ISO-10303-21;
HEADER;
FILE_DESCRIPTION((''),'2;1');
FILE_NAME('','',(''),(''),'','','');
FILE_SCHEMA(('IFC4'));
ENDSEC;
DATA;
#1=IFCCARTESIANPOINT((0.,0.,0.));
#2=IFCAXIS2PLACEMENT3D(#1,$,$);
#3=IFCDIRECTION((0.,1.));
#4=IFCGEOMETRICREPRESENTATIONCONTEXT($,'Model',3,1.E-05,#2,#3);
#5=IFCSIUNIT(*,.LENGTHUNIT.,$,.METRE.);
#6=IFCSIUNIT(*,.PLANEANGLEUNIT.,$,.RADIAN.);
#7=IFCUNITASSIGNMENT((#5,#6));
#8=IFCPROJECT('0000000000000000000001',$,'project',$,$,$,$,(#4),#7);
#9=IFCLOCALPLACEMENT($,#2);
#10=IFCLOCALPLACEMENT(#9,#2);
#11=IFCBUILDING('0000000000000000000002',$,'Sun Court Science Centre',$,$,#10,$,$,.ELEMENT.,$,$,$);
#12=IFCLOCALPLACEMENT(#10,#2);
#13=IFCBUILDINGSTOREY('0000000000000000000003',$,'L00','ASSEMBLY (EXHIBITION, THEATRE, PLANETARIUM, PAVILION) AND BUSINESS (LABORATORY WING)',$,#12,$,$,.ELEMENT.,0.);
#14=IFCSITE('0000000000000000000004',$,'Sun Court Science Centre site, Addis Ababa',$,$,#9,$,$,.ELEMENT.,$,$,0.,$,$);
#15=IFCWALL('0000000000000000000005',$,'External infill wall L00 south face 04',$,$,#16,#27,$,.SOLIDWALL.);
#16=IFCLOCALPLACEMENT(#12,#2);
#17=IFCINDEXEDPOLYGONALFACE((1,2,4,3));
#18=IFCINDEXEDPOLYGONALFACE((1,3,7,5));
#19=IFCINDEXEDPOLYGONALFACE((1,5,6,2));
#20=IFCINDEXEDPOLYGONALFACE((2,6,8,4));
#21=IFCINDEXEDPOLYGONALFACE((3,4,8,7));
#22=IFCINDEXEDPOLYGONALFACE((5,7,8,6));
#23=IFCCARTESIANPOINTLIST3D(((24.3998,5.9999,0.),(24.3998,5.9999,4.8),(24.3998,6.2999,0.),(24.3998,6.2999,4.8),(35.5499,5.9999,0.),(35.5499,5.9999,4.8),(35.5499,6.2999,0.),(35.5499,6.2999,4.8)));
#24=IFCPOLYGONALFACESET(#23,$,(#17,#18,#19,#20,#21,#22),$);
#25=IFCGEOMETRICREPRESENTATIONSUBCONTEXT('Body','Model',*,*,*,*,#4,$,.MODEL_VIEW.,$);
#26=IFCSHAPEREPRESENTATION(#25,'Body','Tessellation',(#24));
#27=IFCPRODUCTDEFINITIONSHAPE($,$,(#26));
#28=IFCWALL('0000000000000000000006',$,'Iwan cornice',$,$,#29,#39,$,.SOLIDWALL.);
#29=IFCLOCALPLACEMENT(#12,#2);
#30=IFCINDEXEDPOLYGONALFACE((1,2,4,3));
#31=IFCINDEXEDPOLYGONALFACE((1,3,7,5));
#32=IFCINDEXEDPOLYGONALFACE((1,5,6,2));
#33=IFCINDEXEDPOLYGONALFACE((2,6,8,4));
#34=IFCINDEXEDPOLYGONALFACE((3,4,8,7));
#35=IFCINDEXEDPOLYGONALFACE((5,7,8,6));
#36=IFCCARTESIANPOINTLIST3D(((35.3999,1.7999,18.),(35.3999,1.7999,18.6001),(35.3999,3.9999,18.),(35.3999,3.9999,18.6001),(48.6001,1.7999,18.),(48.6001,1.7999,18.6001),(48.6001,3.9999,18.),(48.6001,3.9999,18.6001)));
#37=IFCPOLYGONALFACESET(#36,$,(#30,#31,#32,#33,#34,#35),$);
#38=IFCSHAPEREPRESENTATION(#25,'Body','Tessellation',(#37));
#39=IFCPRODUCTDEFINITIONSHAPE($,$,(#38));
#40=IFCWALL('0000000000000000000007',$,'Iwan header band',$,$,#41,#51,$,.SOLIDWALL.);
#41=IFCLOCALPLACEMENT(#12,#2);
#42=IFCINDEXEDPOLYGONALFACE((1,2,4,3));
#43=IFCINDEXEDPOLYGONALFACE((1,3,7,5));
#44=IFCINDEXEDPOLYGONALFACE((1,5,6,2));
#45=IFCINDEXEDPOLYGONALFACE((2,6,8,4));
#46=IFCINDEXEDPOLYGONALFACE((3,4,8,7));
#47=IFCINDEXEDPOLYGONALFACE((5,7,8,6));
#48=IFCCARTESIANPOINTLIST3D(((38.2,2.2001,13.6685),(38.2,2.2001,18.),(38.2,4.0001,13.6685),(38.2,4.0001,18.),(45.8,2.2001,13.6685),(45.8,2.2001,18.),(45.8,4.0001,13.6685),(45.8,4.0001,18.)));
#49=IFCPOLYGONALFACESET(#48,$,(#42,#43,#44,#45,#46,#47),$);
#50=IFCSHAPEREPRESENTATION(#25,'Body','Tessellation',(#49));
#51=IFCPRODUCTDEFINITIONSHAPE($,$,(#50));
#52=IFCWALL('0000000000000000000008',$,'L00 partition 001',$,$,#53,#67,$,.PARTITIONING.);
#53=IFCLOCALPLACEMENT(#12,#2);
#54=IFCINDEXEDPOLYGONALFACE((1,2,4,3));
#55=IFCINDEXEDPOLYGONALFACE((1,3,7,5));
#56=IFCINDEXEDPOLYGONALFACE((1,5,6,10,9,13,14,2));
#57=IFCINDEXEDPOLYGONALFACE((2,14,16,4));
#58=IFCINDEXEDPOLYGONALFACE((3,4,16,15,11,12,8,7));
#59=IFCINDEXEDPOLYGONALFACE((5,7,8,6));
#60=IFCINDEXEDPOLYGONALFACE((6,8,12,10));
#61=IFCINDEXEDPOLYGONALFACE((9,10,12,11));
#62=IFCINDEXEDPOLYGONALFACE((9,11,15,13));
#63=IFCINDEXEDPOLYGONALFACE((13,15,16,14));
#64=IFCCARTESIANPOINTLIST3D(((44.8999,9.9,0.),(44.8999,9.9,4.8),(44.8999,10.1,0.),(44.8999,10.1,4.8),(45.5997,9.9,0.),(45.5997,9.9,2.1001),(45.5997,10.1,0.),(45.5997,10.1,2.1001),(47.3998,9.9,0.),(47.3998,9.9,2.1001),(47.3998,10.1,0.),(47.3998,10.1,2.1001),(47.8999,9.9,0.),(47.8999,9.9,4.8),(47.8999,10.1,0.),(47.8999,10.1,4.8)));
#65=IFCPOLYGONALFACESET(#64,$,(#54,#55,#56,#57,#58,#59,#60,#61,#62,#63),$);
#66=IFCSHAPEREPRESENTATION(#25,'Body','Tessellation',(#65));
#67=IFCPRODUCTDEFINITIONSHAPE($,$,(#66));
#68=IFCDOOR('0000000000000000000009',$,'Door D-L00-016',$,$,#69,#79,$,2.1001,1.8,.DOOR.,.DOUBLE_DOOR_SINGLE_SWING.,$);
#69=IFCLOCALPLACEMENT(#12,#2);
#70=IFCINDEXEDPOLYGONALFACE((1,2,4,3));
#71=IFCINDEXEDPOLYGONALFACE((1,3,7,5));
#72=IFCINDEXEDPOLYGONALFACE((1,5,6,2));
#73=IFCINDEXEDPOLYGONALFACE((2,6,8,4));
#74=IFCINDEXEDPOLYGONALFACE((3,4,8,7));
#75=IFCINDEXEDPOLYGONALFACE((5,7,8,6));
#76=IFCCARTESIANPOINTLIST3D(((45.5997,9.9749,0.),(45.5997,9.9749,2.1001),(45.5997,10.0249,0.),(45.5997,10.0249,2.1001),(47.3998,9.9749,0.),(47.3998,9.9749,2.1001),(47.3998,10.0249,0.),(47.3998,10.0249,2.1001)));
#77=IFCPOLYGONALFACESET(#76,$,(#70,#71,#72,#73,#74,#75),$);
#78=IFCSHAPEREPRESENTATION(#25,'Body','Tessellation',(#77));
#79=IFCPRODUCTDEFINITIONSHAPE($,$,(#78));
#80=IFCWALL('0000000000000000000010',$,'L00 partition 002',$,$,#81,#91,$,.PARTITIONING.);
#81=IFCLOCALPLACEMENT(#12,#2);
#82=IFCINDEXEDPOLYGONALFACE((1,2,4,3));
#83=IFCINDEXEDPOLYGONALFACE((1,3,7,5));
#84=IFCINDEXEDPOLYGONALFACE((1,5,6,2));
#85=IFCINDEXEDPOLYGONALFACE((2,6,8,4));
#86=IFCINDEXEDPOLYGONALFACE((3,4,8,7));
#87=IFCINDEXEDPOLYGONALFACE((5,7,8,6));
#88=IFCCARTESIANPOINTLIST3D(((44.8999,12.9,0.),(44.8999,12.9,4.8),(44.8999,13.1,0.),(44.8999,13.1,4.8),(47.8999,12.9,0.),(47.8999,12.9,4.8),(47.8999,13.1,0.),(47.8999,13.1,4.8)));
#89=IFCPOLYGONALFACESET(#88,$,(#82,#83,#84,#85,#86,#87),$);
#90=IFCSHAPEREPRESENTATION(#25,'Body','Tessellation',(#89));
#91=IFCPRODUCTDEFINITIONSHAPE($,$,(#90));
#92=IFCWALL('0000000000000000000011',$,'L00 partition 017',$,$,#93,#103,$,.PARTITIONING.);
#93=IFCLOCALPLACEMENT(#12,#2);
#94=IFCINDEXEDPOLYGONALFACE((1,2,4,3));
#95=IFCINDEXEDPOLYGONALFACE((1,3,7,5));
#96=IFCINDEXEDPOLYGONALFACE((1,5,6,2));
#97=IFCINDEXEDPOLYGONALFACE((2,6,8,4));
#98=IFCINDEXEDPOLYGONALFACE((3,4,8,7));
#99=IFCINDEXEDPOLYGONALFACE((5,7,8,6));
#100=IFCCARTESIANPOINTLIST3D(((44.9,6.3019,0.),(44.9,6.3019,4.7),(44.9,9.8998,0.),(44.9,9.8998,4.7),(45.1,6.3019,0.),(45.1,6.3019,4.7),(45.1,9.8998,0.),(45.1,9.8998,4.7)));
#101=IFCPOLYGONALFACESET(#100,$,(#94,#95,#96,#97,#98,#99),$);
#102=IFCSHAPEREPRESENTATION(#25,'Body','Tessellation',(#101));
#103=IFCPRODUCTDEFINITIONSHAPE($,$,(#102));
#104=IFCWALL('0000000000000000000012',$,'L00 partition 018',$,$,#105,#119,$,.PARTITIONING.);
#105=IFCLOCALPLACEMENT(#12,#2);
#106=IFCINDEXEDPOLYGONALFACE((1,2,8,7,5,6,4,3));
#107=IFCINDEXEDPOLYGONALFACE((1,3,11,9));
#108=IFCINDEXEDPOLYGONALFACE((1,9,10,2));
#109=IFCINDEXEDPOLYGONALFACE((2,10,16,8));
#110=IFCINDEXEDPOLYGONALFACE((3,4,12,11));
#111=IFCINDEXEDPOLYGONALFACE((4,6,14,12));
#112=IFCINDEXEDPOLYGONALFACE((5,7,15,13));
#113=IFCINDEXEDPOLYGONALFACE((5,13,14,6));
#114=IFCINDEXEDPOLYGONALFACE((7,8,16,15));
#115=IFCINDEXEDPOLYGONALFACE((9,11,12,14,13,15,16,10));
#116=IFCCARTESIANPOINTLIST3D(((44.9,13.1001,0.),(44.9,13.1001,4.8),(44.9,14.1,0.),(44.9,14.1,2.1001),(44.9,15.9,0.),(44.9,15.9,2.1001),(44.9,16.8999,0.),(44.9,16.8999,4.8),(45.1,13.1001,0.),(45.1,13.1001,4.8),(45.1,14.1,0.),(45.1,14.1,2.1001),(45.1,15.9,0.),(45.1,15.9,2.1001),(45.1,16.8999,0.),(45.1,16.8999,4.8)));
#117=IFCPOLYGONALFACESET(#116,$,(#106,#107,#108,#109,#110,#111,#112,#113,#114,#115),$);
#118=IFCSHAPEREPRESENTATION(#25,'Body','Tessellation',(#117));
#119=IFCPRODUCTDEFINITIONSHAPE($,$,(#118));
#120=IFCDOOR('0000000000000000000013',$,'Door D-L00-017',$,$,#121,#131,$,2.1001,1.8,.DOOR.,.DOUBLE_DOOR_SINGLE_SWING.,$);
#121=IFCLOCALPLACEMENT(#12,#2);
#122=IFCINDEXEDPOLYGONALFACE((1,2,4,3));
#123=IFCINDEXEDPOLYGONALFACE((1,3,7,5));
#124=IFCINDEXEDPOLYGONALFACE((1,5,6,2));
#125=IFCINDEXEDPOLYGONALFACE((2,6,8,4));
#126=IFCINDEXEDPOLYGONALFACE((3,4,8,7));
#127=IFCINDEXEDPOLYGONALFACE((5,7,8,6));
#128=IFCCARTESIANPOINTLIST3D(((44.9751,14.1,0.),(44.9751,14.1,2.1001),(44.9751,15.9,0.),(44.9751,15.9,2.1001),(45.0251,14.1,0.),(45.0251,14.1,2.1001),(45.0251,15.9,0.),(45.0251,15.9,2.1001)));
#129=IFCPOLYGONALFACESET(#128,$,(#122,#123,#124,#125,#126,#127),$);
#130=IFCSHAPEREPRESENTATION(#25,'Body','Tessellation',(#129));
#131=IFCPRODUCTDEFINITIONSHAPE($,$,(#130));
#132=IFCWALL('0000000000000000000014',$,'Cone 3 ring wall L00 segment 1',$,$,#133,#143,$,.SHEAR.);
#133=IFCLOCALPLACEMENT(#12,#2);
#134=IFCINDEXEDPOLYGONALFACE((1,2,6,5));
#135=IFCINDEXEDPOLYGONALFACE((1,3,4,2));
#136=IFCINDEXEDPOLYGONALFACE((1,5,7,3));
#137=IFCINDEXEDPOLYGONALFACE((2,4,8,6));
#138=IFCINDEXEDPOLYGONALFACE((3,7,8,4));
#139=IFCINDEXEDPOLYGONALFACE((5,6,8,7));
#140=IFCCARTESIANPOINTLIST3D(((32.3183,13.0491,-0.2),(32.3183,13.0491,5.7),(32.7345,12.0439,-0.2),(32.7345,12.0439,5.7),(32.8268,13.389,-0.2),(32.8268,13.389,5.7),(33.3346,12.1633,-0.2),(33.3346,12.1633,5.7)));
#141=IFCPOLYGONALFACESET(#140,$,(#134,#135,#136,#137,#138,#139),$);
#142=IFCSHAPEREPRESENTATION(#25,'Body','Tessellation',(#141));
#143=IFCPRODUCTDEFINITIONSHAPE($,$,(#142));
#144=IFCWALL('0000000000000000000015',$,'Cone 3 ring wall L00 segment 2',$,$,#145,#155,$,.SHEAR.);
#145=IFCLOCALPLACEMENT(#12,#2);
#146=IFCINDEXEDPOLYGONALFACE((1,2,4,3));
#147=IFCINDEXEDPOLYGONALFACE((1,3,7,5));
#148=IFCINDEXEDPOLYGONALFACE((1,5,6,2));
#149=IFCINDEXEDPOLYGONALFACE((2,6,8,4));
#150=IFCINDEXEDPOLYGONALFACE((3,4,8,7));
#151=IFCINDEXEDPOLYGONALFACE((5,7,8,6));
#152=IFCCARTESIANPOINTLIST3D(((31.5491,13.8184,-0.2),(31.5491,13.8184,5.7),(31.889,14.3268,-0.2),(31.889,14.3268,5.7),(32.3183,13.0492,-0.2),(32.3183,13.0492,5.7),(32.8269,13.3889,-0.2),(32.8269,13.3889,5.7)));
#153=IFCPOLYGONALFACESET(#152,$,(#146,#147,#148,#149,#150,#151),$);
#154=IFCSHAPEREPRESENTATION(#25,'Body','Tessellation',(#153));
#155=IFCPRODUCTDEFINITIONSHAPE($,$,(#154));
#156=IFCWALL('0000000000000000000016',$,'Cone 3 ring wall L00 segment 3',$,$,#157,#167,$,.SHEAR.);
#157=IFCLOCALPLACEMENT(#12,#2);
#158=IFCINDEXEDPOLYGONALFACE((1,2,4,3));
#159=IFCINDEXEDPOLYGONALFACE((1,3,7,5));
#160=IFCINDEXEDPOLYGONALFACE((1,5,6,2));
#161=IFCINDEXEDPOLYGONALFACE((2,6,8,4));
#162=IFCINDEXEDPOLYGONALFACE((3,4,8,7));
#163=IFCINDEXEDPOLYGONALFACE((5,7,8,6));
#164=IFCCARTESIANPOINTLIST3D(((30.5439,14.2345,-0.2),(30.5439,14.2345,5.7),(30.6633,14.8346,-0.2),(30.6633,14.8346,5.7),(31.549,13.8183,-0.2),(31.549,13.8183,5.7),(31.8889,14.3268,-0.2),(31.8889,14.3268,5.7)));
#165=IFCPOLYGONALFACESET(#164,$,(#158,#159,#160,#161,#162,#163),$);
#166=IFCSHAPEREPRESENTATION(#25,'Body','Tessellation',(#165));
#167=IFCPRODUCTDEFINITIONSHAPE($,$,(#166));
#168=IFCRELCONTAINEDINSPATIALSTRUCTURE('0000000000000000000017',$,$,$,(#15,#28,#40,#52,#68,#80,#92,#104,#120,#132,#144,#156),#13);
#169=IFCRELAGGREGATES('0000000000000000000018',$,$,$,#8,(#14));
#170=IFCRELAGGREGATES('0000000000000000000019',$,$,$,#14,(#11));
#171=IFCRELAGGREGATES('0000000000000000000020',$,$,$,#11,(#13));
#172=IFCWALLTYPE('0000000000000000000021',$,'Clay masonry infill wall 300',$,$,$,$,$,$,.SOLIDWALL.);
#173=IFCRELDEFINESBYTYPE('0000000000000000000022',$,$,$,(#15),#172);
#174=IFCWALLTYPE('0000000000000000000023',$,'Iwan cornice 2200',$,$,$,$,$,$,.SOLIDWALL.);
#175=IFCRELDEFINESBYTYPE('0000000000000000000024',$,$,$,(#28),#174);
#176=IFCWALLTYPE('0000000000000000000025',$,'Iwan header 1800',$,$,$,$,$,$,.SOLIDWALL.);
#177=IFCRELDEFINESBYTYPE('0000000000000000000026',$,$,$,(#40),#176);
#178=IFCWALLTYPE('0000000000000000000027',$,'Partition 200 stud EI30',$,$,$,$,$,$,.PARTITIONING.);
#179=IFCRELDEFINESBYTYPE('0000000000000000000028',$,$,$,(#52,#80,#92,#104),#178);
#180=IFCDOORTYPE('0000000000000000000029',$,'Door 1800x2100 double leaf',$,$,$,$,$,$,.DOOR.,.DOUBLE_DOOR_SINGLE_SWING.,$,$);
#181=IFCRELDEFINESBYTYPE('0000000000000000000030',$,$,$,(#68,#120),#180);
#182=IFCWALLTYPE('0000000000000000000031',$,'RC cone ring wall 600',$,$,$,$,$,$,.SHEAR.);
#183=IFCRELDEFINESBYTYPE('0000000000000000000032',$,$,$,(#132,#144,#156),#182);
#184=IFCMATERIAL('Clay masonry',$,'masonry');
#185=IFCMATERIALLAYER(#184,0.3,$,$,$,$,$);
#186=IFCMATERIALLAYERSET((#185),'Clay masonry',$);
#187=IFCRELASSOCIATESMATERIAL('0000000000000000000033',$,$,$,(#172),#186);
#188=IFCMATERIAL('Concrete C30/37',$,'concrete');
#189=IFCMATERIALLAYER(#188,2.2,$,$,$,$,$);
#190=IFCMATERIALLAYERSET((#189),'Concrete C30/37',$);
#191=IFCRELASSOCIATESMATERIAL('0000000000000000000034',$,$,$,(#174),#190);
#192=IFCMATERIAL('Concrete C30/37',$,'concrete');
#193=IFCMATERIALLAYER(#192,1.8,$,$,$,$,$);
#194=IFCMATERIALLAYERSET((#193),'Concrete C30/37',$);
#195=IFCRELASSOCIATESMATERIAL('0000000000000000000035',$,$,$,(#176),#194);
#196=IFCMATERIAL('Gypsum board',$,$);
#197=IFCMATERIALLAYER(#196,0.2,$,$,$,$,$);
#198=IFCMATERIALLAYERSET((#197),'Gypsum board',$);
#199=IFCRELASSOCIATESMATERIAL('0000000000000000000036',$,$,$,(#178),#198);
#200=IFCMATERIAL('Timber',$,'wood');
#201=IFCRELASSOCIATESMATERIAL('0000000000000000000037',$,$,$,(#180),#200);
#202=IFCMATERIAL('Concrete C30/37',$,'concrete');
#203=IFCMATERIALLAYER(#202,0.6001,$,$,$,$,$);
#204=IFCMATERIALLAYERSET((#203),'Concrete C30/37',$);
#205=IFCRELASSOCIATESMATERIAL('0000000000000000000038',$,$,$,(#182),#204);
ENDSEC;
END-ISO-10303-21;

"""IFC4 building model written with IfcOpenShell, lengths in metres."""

from ifc_helpers import new_model, si_unit, direction, frame, frame_2d, origin, place, context, subcontext, project, spatial, polyline, rectangle, outline, extrude, material, layer, layer_set, type_object, element, fill, save


model = new_model("IFC4")

# Units and contexts
model_context = context("Model", 3, precision=1e-05, world=origin(), true_north=direction((0.0, 1.0)))
body_context = subcontext(model_context, "Body", "Model", "MODEL_VIEW")
ifc_project = project(units=[si_unit("LENGTHUNIT", "METRE"), si_unit("PLANEANGLEUNIT", "RADIAN")], contexts=[model_context])

# Site, building, storey
site_placement = place(None, origin())
site = spatial("IfcSite", under=ifc_project, at=site_placement, Name="Sun Court Science Centre site, Addis Ababa", CompositionType="ELEMENT", RefElevation=0.0)
building_placement = place(site_placement, origin())
building = spatial("IfcBuilding", under=site, at=building_placement, Name="Sun Court Science Centre", CompositionType="ELEMENT")
storey_placement = place(building_placement, origin())
storey = spatial("IfcBuildingStorey", under=building, at=storey_placement, Name="L00", Description="ASSEMBLY (EXHIBITION, THEATRE, PLANETARIUM, PAVILION) AND BUSINESS (LABORATORY WING)", CompositionType="ELEMENT", Elevation=0.0)

# Walls
ifc_material_1 = material(Name="Clay masonry", Category="masonry")
ifc_layer_1 = layer(ifc_material_1, 0.3)
ifc_layer_set_1 = layer_set([ifc_layer_1], Name="Clay masonry")
wall_type_1 = type_object("IfcWallType", Name="Clay masonry infill wall 300", PredefinedType="SOLIDWALL", material=ifc_layer_set_1)
wall_1_placement = place(storey_placement, frame((35.55, 6.1499, 0.0), z_axis=(0.0, 0.0, 1.0), x_axis=(-1.0, 0.0, 0.0)))
element("IfcWall", 1, at=wall_1_placement, inside=storey, type_object=wall_type_1, Name="External infill wall L00 south face 04", PredefinedType="SOLIDWALL", context=body_context, shape_type="SweptSolid", body=[
    extrude(rectangle(XDim=11.1501, YDim=0.3, at=frame_2d((5.5752, 0.0))), origin(), (0.0, 0.0, 1.0), 4.8),
])
ifc_material_2 = material(Name="Concrete C30/37", Category="concrete")
ifc_layer_2 = layer(ifc_material_2, 2.2)
ifc_layer_set_2 = layer_set([ifc_layer_2], Name="Concrete C30/37")
wall_type_2 = type_object("IfcWallType", Name="Iwan cornice 2200", PredefinedType="SOLIDWALL", material=ifc_layer_set_2)
wall_2_placement = place(storey_placement, frame((35.3999, 2.8999, 18.0), z_axis=(0.0, 0.0, 1.0), x_axis=(1.0, 0.0, 0.0)))
element("IfcWall", 2, at=wall_2_placement, inside=storey, type_object=wall_type_2, Name="Iwan cornice", PredefinedType="SOLIDWALL", context=body_context, shape_type="SweptSolid", body=[
    extrude(rectangle(XDim=13.2002, YDim=2.2, at=frame_2d((6.6001, 0.0))), origin(), (0.0, 0.0, 1.0), 0.6001),
])
ifc_material_3 = material(Name="Concrete C30/37", Category="concrete")
ifc_layer_3 = layer(ifc_material_3, 1.8)
ifc_layer_set_3 = layer_set([ifc_layer_3], Name="Concrete C30/37")
wall_type_3 = type_object("IfcWallType", Name="Iwan header 1800", PredefinedType="SOLIDWALL", material=ifc_layer_set_3)
wall_3_placement = place(storey_placement, frame((38.2, 3.1001, 13.6685), z_axis=(0.0, 0.0, 1.0), x_axis=(1.0, 0.0, 0.0)))
element("IfcWall", 3, at=wall_3_placement, inside=storey, type_object=wall_type_3, Name="Iwan header band", PredefinedType="SOLIDWALL", context=body_context, shape_type="SweptSolid", body=[
    extrude(rectangle(XDim=7.6001, YDim=1.8, at=frame_2d((3.8, 0.0))), origin(), (0.0, 0.0, 1.0), 4.3315),
])

# Wall, opening, door
ifc_material_4 = material(Name="Gypsum board")
ifc_layer_4 = layer(ifc_material_4, 0.2)
ifc_layer_set_4 = layer_set([ifc_layer_4], Name="Gypsum board")
wall_type_4 = type_object("IfcWallType", Name="Partition 200 stud EI30", PredefinedType="PARTITIONING", material=ifc_layer_set_4)
wall_4_placement = place(storey_placement, frame((44.8999, 10.0, 0.0), z_axis=(0.0, 0.0, 1.0), x_axis=(1.0, 0.0, 0.0)))
wall_4 = element("IfcWall", 4, at=wall_4_placement, inside=storey, type_object=wall_type_4, Name="L00 partition 001", PredefinedType="PARTITIONING", context=body_context, shape_type="SweptSolid", body=[
    extrude(rectangle(XDim=3.0, YDim=0.2, at=frame_2d((1.5, 0.0))), origin(), (0.0, 0.0, 1.0), 4.8),
])
opening_1_placement = place(wall_4_placement, frame((0.7, 0.0, 0.0)))
opening_1 = element("IfcOpeningElement", 5, at=opening_1_placement, cuts=wall_4, PredefinedType="OPENING", context=body_context, shape_type="SweptSolid", body=[
    extrude(rectangle(XDim=1.8, YDim=2.1001, at=frame_2d((0.8999, 1.05))), frame((0.0, 0.1099, 0.0), z_axis=(0.0, -1.0, 0.0), x_axis=(1.0, 0.0, 0.0)), (0.0, 0.0, 1.0), 0.22),
])
ifc_material_5 = material(Name="Timber", Category="wood")
door_type_1 = type_object("IfcDoorType", Name="Door 1800x2100 double leaf", OperationType="DOUBLE_DOOR_SINGLE_SWING", PredefinedType="DOOR", material=ifc_material_5)
door_1_placement = place(opening_1_placement, origin())
door_1 = element("IfcDoor", 6, at=door_1_placement, inside=storey, type_object=door_type_1, Name="Door D-L00-016", OperationType="DOUBLE_DOOR_SINGLE_SWING", OverallHeight=2.1001, OverallWidth=1.8, PredefinedType="DOOR", context=body_context, shape_type="SweptSolid", body=[
    extrude(rectangle(XDim=1.8, YDim=2.1001, at=frame_2d((0.8999, 1.05))), frame((0.0, 0.0249, 0.0), z_axis=(0.0, -1.0, 0.0), x_axis=(1.0, 0.0, 0.0)), (0.0, 0.0, 1.0), 0.05),
])
fill(opening_1, door_1)

# Walls
wall_5_placement = place(storey_placement, frame((44.8999, 13.0, 0.0), z_axis=(0.0, 0.0, 1.0), x_axis=(1.0, 0.0, 0.0)))
element("IfcWall", 7, at=wall_5_placement, inside=storey, type_object=wall_type_4, Name="L00 partition 002", PredefinedType="PARTITIONING", context=body_context, shape_type="SweptSolid", body=[
    extrude(rectangle(XDim=3.0, YDim=0.2, at=frame_2d((1.5, 0.0))), origin(), (0.0, 0.0, 1.0), 4.8),
])
wall_6_placement = place(storey_placement, frame((45.0, 6.302, 0.0), z_axis=(0.0, 0.0, 1.0), x_axis=(0.0, 1.0, 0.0)))
element("IfcWall", 8, at=wall_6_placement, inside=storey, type_object=wall_type_4, Name="L00 partition 017", PredefinedType="PARTITIONING", context=body_context, shape_type="SweptSolid", body=[
    extrude(rectangle(XDim=3.5979, YDim=0.2, at=frame_2d((1.7988, 0.0))), origin(), (0.0, 0.0, 1.0), 4.7),
])

# Wall, opening, door
wall_7_placement = place(storey_placement, frame((45.0, 13.1001, 0.0), z_axis=(0.0, 0.0, 1.0), x_axis=(0.0, 1.0, 0.0)))
wall_7 = element("IfcWall", 9, at=wall_7_placement, inside=storey, type_object=wall_type_4, Name="L00 partition 018", PredefinedType="PARTITIONING", context=body_context, shape_type="SweptSolid", body=[
    extrude(rectangle(XDim=3.7998, YDim=0.2, at=frame_2d((1.8999, 0.0))), origin(), (0.0, 0.0, 1.0), 4.8),
])
opening_2_placement = place(wall_7_placement, frame((1.0, 0.0, 0.0)))
opening_2 = element("IfcOpeningElement", 10, at=opening_2_placement, cuts=wall_7, PredefinedType="OPENING", context=body_context, shape_type="SweptSolid", body=[
    extrude(rectangle(XDim=1.8, YDim=2.1001, at=frame_2d((0.8999, 1.05))), frame((0.0, 0.1099, 0.0), z_axis=(0.0, -1.0, 0.0), x_axis=(1.0, 0.0, 0.0)), (0.0, 0.0, 1.0), 0.22),
])
door_2_placement = place(opening_2_placement, origin())
door_2 = element("IfcDoor", 11, at=door_2_placement, inside=storey, type_object=door_type_1, Name="Door D-L00-017", OperationType="DOUBLE_DOOR_SINGLE_SWING", OverallHeight=2.1001, OverallWidth=1.8, PredefinedType="DOOR", context=body_context, shape_type="SweptSolid", body=[
    extrude(rectangle(XDim=1.8, YDim=2.1001, at=frame_2d((0.8999, 1.05))), frame((0.0, 0.0249, 0.0), z_axis=(0.0, -1.0, 0.0), x_axis=(1.0, 0.0, 0.0)), (0.0, 0.0, 1.0), 0.05),
])
fill(opening_2, door_2)

# Walls
ifc_material_6 = material(Name="Concrete C30/37", Category="concrete")
ifc_layer_5 = layer(ifc_material_6, 0.6001)
ifc_layer_set_5 = layer_set([ifc_layer_5], Name="Concrete C30/37")
wall_type_5 = type_object("IfcWallType", Name="RC cone ring wall 600", PredefinedType="SHEAR", material=ifc_layer_set_5)
wall_8_placement = place(storey_placement, frame((33.0576, 12.0486, -0.2), z_axis=(0.0, 0.0, 1.0), x_axis=(-0.382785, 0.923837, 0.0)))
element("IfcWall", 12, at=wall_8_placement, inside=storey, type_object=wall_type_5, Name="Cone 3 ring wall L00 segment 1", PredefinedType="SHEAR", context=body_context, shape_type="SweptSolid", body=[
    extrude(outline(polyline([(0.0, -0.2998), (1.3267, -0.2998), (1.2073, 0.3), (0.1194, 0.3003), (0.0, -0.2998)])), origin(), (0.0, 0.0, 1.0), 5.8999),
])
wall_9_placement = place(storey_placement, frame((32.6147, 13.1768, -0.2), z_axis=(0.0, 0.0, 1.0), x_axis=(-0.707107, 0.707107, 0.0)))
element("IfcWall", 13, at=wall_9_placement, inside=storey, type_object=wall_type_5, Name="Cone 3 ring wall L00 segment 2", PredefinedType="SHEAR", context=body_context, shape_type="SweptSolid", body=[
    extrude(outline(polyline([(0.0, -0.3), (1.3264, -0.3), (1.2073, 0.2998), (0.1194, 0.2998), (0.0, -0.3)])), origin(), (0.0, 0.0, 1.0), 5.8999),
])
wall_10_placement = place(storey_placement, frame((31.7742, 14.0498, -0.2), z_axis=(0.0, 0.0, 1.0), x_axis=(-0.923837, 0.382785, 0.0)))
element("IfcWall", 14, at=wall_10_placement, inside=storey, type_object=wall_type_5, Name="Cone 3 ring wall L00 segment 3", PredefinedType="SHEAR", context=body_context, shape_type="SweptSolid", body=[
    extrude(outline(polyline([(0.0, -0.2998), (1.3267, -0.2998), (1.2073, 0.3003), (0.1194, 0.3), (0.0, -0.2998)])), origin(), (0.0, 0.0, 1.0), 5.8999),
])

save(model, "model.ifc")
